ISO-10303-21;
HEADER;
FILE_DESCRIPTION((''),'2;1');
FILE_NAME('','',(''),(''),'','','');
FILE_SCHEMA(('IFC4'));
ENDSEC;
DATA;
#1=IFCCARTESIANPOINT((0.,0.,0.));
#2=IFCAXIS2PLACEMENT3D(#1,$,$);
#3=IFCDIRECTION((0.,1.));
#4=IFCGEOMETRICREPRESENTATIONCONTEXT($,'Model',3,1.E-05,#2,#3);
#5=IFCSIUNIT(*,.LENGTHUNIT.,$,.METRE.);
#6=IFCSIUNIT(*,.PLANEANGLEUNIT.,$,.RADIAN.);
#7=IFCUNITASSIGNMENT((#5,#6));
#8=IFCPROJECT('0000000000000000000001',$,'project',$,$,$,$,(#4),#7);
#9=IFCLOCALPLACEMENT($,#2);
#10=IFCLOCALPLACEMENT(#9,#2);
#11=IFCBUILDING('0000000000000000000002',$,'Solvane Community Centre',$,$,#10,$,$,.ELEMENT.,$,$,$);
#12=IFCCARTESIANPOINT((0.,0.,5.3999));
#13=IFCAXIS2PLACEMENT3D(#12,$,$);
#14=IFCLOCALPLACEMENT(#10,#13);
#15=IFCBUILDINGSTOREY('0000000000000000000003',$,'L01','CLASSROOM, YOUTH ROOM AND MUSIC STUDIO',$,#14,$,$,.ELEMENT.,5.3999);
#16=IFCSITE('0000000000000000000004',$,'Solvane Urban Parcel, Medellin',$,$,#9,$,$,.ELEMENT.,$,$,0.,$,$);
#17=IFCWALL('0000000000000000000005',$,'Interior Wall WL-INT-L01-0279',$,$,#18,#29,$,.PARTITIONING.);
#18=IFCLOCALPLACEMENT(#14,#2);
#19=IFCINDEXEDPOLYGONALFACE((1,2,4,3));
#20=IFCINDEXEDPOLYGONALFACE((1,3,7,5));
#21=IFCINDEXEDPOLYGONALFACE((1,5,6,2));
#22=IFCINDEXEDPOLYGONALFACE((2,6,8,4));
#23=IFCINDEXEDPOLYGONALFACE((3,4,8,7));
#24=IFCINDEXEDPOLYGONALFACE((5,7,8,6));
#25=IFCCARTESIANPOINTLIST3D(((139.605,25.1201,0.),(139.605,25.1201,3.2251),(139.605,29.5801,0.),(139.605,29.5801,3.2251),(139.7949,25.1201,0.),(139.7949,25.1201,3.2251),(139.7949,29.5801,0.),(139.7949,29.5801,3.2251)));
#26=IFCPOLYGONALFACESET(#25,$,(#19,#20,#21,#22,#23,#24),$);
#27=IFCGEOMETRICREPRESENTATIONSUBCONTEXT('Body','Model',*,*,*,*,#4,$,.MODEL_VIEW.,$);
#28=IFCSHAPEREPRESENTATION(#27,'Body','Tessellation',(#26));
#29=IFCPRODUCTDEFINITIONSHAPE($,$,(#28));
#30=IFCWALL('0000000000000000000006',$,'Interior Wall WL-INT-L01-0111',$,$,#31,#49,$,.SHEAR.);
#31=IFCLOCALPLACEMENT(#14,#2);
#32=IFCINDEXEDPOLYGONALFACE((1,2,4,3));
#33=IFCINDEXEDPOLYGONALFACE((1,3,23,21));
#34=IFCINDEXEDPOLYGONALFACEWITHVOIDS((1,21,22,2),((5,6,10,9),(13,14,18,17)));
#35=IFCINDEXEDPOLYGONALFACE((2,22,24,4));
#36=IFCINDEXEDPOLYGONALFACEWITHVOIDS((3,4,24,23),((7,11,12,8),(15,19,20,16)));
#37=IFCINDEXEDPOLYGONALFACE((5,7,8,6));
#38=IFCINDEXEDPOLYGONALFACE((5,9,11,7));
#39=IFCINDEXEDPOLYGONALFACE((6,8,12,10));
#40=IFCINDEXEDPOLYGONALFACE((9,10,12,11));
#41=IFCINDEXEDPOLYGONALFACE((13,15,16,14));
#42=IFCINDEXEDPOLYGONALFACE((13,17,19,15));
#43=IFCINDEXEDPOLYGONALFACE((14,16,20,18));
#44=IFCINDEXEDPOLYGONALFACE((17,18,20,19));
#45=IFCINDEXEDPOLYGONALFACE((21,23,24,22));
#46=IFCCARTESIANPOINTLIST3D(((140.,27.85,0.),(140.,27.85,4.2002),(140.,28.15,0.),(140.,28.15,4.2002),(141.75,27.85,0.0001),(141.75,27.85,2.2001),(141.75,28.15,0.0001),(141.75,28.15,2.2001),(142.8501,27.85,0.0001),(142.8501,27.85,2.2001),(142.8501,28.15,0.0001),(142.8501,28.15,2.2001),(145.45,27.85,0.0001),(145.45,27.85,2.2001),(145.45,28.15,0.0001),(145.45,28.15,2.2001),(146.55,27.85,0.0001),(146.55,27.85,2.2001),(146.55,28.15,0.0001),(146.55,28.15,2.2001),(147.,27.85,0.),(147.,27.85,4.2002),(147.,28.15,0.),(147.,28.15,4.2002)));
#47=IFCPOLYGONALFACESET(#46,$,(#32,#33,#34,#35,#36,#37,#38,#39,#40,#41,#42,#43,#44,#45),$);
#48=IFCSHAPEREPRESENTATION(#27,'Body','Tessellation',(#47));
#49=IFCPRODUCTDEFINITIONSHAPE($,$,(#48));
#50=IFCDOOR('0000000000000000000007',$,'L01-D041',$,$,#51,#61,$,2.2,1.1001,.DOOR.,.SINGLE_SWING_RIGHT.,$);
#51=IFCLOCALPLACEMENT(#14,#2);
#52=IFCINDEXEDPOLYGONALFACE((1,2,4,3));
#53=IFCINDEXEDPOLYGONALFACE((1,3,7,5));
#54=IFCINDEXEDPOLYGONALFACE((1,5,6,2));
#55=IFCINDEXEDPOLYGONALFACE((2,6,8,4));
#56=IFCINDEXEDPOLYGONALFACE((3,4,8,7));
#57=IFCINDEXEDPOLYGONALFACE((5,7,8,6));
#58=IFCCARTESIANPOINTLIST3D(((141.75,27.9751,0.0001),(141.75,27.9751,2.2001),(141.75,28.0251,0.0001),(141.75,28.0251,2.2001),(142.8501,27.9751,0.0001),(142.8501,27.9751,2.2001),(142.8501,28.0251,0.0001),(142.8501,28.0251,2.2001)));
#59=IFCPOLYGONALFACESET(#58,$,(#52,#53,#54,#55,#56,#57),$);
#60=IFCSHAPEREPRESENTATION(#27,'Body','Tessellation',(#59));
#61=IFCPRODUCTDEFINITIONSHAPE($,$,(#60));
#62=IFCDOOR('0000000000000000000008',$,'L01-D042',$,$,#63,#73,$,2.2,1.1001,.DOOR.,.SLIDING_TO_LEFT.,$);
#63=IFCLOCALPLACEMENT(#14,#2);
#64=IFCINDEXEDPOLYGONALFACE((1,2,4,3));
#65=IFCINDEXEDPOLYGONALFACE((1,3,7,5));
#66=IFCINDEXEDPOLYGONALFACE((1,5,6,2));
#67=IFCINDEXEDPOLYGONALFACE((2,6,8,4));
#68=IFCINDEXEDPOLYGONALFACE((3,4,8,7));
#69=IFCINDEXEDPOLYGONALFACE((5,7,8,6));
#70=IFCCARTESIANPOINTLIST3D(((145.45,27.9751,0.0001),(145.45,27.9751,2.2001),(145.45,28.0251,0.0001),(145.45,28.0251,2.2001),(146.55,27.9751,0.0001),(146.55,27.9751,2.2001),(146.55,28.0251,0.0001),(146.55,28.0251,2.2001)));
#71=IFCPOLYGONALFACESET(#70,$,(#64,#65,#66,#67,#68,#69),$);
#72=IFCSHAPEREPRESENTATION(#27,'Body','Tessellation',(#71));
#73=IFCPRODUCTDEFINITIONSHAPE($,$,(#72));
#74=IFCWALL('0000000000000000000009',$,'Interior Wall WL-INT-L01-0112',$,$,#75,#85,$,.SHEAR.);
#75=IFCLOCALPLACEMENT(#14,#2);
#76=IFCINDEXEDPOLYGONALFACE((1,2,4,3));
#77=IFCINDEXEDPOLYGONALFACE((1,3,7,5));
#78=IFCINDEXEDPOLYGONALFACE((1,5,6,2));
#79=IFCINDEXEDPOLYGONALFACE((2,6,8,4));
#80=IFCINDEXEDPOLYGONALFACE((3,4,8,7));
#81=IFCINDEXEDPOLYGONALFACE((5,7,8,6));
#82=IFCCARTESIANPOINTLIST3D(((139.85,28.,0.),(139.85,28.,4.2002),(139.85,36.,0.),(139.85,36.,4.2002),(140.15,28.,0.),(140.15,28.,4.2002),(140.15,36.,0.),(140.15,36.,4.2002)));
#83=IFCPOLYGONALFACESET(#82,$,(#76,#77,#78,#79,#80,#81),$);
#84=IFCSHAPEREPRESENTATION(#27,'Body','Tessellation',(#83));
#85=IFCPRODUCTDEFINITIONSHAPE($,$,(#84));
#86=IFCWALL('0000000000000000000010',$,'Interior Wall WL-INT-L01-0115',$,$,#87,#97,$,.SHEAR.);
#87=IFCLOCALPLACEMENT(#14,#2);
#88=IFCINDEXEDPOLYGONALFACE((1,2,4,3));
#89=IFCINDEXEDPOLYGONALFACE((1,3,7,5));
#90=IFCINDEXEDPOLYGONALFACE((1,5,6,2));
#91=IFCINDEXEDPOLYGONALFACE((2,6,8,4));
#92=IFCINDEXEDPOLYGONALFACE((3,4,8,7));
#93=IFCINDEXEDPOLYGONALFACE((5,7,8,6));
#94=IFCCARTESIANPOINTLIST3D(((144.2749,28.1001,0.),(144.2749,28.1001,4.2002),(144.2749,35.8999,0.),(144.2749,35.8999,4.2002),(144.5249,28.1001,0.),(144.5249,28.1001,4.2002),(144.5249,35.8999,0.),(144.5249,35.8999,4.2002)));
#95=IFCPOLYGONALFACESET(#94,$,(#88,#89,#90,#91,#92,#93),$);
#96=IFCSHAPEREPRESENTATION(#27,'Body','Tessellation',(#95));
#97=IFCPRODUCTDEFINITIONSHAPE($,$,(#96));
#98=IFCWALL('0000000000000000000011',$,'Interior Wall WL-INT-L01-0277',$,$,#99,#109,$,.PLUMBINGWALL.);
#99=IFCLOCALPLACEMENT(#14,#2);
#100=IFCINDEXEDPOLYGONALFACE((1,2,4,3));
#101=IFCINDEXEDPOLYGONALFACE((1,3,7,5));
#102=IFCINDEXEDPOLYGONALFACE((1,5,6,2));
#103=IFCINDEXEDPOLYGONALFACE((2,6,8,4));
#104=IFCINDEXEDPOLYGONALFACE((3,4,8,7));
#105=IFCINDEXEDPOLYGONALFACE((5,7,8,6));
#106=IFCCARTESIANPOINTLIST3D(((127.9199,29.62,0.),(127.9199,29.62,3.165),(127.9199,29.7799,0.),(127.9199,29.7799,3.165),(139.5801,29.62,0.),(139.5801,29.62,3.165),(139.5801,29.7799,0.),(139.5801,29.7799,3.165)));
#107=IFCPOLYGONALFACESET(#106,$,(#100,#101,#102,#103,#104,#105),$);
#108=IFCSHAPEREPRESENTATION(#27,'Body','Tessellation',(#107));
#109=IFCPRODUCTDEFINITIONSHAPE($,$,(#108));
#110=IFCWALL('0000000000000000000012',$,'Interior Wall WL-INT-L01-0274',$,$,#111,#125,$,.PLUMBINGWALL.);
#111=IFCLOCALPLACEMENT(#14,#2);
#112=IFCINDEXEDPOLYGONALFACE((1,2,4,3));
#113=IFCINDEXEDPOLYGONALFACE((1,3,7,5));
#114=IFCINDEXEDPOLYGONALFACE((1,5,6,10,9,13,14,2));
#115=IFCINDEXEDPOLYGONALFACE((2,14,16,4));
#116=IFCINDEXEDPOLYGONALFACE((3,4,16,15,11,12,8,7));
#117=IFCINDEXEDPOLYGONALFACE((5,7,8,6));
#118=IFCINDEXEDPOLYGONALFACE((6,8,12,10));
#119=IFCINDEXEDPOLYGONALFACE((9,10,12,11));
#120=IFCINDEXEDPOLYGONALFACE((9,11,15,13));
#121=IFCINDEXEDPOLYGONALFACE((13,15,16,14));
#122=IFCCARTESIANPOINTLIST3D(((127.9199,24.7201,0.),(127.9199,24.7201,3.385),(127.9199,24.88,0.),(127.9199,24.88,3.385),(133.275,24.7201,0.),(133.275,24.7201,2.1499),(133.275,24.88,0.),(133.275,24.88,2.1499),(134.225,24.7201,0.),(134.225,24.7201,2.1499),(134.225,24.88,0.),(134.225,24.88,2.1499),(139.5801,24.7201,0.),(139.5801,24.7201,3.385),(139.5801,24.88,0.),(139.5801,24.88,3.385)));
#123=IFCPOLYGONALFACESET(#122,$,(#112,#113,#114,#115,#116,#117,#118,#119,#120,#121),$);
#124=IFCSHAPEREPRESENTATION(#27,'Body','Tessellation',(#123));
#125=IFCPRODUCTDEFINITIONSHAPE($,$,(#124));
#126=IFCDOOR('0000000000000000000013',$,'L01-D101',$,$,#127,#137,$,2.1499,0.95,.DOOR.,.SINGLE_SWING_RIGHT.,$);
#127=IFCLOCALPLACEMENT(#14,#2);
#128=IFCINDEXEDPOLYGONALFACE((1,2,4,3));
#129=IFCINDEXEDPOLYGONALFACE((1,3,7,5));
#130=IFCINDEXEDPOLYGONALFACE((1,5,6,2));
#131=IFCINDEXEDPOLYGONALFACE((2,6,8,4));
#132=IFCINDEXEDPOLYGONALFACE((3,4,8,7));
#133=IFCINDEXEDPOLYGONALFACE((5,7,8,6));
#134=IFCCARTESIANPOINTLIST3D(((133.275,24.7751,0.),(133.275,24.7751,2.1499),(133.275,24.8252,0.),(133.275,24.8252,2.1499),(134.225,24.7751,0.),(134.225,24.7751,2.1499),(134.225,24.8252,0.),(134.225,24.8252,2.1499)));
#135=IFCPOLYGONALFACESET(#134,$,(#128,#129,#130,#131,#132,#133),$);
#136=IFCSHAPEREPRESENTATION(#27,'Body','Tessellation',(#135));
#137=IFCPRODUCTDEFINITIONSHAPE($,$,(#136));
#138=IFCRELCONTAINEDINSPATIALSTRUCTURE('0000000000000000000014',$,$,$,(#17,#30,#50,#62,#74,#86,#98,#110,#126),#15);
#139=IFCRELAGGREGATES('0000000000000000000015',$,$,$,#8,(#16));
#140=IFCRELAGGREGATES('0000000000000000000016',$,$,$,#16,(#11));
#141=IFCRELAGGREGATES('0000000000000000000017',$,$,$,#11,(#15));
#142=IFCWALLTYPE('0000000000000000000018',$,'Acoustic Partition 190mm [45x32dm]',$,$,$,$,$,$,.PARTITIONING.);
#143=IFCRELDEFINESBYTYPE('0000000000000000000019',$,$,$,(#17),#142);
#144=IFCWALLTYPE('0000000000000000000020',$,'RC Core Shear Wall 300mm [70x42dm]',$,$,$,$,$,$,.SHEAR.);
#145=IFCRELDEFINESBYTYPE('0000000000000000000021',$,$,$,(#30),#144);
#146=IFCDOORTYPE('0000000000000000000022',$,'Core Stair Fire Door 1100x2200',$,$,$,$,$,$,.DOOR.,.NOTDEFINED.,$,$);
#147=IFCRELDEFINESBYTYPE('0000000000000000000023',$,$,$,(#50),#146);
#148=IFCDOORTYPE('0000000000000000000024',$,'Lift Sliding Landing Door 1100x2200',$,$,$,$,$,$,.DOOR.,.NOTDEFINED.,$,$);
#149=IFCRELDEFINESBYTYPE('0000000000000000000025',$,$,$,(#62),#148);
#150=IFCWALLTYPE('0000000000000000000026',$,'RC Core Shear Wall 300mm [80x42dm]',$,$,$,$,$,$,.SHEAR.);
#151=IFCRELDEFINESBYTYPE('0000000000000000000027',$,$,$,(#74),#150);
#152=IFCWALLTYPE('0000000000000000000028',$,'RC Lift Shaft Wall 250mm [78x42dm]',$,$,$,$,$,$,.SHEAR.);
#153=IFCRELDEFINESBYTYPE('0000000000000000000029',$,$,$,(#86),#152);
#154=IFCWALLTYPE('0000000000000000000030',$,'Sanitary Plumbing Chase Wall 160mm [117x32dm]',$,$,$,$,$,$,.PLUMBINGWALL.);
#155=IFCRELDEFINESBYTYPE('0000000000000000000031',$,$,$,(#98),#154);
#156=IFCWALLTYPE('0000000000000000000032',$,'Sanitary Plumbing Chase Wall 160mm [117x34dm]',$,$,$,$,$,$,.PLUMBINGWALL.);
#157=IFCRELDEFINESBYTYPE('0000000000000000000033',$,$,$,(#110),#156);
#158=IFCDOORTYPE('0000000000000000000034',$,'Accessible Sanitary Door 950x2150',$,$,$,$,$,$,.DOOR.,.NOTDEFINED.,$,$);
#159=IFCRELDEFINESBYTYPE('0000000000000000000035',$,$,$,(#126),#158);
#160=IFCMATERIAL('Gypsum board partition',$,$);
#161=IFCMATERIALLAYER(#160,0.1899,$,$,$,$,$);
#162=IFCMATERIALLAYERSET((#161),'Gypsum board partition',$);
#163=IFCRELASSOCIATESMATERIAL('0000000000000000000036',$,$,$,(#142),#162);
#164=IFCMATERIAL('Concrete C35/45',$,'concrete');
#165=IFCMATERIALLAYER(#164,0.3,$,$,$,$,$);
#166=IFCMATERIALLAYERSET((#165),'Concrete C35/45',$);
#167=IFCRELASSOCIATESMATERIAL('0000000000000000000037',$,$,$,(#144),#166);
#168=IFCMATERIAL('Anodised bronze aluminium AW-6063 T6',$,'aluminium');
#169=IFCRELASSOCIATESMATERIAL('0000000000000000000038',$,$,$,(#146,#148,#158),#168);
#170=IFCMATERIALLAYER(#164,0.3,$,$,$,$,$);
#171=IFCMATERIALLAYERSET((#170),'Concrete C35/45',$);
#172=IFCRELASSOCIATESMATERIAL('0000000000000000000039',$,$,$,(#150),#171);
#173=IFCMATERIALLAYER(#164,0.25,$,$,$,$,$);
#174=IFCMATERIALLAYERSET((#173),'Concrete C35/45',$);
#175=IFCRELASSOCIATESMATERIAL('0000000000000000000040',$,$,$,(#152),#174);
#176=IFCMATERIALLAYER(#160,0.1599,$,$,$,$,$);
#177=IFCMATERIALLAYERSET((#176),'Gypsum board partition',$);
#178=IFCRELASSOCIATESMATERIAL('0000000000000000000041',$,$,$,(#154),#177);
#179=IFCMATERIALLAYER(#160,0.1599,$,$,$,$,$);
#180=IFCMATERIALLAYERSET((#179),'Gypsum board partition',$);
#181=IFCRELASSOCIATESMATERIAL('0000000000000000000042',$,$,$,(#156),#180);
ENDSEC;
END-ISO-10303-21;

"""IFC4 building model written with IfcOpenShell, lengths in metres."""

from ifc_helpers import new_model, si_unit, direction, frame, frame_2d, origin, place, context, subcontext, project, spatial, rectangle, extrude, material, layer, layer_set, type_object, element, fill, save


model = new_model("IFC4")

# Units and contexts
model_context = context("Model", 3, precision=1e-05, world=origin(), true_north=direction((0.0, 1.0)))
body_context = subcontext(model_context, "Body", "Model", "MODEL_VIEW")
ifc_project = project(units=[si_unit("LENGTHUNIT", "METRE"), si_unit("PLANEANGLEUNIT", "RADIAN")], contexts=[model_context])

# Site, building, storey
site_placement = place(None, origin())
site = spatial("IfcSite", under=ifc_project, at=site_placement, Name="Solvane Urban Parcel, Medellin", CompositionType="ELEMENT", RefElevation=0.0)
building_placement = place(site_placement, origin())
building = spatial("IfcBuilding", under=site, at=building_placement, Name="Solvane Community Centre", CompositionType="ELEMENT")
storey_placement = place(building_placement, frame((0.0, 0.0, 5.3999)))
storey = spatial("IfcBuildingStorey", under=building, at=storey_placement, Name="L01", Description="CLASSROOM, YOUTH ROOM AND MUSIC STUDIO", CompositionType="ELEMENT", Elevation=5.3999)

# Shared definitions
ifc_material_1 = material(Name="Concrete C35/45", Category="concrete")

# Wall
ifc_material_2 = material(Name="Gypsum board partition")
ifc_layer_1 = layer(ifc_material_2, 0.1899)
ifc_layer_set_1 = layer_set([ifc_layer_1], Name="Gypsum board partition")
wall_type_1 = type_object("IfcWallType", Name="Acoustic Partition 190mm [45x32dm]", PredefinedType="PARTITIONING", material=ifc_layer_set_1)
wall_1_placement = place(storey_placement, frame((139.7, 25.1201, 0.0), z_axis=(0.0, 0.0, 1.0), x_axis=(0.0, 1.0, 0.0)))
element("IfcWall", 1, at=wall_1_placement, inside=storey, type_object=wall_type_1, Name="Interior Wall WL-INT-L01-0279", PredefinedType="PARTITIONING", context=body_context, shape_type="SweptSolid", body=[
    extrude(rectangle(XDim=4.46, YDim=0.1899, at=frame_2d((2.23, 0.0))), origin(), (0.0, 0.0, 1.0), 3.2251),
])

# Wall, openings, doors
ifc_layer_2 = layer(ifc_material_1, 0.3)
ifc_layer_set_2 = layer_set([ifc_layer_2], Name="Concrete C35/45")
wall_type_2 = type_object("IfcWallType", Name="RC Core Shear Wall 300mm [70x42dm]", PredefinedType="SHEAR", material=ifc_layer_set_2)
wall_2_placement = place(storey_placement, frame((147.0, 28.0, 0.0), z_axis=(0.0, 0.0, 1.0), x_axis=(-1.0, 0.0, 0.0)))
wall_2 = element("IfcWall", 2, at=wall_2_placement, inside=storey, type_object=wall_type_2, Name="Interior Wall WL-INT-L01-0111", PredefinedType="SHEAR", context=body_context, shape_type="SweptSolid", body=[
    extrude(rectangle(XDim=7.0, YDim=0.3, at=frame_2d((3.5, 0.0))), origin(), (0.0, 0.0, 1.0), 4.2002),
])
opening_1_placement = place(wall_2_placement, frame((4.1499, 0.0, 0.0)))
opening_1 = element("IfcOpeningElement", 3, at=opening_1_placement, cuts=wall_2, PredefinedType="OPENING", context=body_context, shape_type="SweptSolid", body=[
    extrude(rectangle(XDim=1.1001, YDim=2.2, at=frame_2d((0.55, 1.1001))), frame((0.0, 0.1599, 0.0), z_axis=(0.0, -1.0, 0.0), x_axis=(1.0, 0.0, 0.0)), (0.0, 0.0, 1.0), 0.3201),
])
opening_2_placement = place(wall_2_placement, frame((0.45, 0.0, 0.0)))
opening_2 = element("IfcOpeningElement", 4, at=opening_2_placement, cuts=wall_2, PredefinedType="OPENING", context=body_context, shape_type="SweptSolid", body=[
    extrude(rectangle(XDim=1.1001, YDim=2.2, at=frame_2d((0.55, 1.1001))), frame((0.0, 0.1599, 0.0), z_axis=(0.0, -1.0, 0.0), x_axis=(1.0, 0.0, 0.0)), (0.0, 0.0, 1.0), 0.3201),
])
ifc_material_3 = material(Name="Anodised bronze aluminium AW-6063 T6", Category="aluminium")
door_type_1 = type_object("IfcDoorType", Name="Core Stair Fire Door 1100x2200", OperationType="NOTDEFINED", PredefinedType="DOOR", material=ifc_material_3)
door_1_placement = place(opening_1_placement, origin())
door_1 = element("IfcDoor", 5, at=door_1_placement, inside=storey, type_object=door_type_1, Name="L01-D041", OperationType="SINGLE_SWING_RIGHT", OverallHeight=2.2, OverallWidth=1.1001, PredefinedType="DOOR", context=body_context, shape_type="SweptSolid", body=[
    extrude(rectangle(XDim=1.1001, YDim=2.2, at=frame_2d((0.55, 1.1001))), frame((0.0, 0.0249, 0.0), z_axis=(0.0, -1.0, 0.0), x_axis=(1.0, 0.0, 0.0)), (0.0, 0.0, 1.0), 0.05),
])
fill(opening_1, door_1)
door_type_2 = type_object("IfcDoorType", Name="Lift Sliding Landing Door 1100x2200", OperationType="NOTDEFINED", PredefinedType="DOOR", material=ifc_material_3)
door_2_placement = place(opening_2_placement, origin())
door_2 = element("IfcDoor", 6, at=door_2_placement, inside=storey, type_object=door_type_2, Name="L01-D042", OperationType="SLIDING_TO_LEFT", OverallHeight=2.2, OverallWidth=1.1001, PredefinedType="DOOR", context=body_context, shape_type="SweptSolid", body=[
    extrude(rectangle(XDim=1.1001, YDim=2.2, at=frame_2d((0.55, 1.1001))), frame((0.0, 0.0249, 0.0), z_axis=(0.0, -1.0, 0.0), x_axis=(1.0, 0.0, 0.0)), (0.0, 0.0, 1.0), 0.05),
])
fill(opening_2, door_2)

# Walls
ifc_layer_3 = layer(ifc_material_1, 0.3)
ifc_layer_set_3 = layer_set([ifc_layer_3], Name="Concrete C35/45")
wall_type_3 = type_object("IfcWallType", Name="RC Core Shear Wall 300mm [80x42dm]", PredefinedType="SHEAR", material=ifc_layer_set_3)
wall_3_placement = place(storey_placement, frame((140.0, 28.0, 0.0), z_axis=(0.0, 0.0, 1.0), x_axis=(0.0, 1.0, 0.0)))
element("IfcWall", 7, at=wall_3_placement, inside=storey, type_object=wall_type_3, Name="Interior Wall WL-INT-L01-0112", PredefinedType="SHEAR", context=body_context, shape_type="SweptSolid", body=[
    extrude(rectangle(XDim=8.0, YDim=0.3, at=frame_2d((4.0, 0.0))), origin(), (0.0, 0.0, 1.0), 4.2002),
])
ifc_layer_4 = layer(ifc_material_1, 0.25)
ifc_layer_set_4 = layer_set([ifc_layer_4], Name="Concrete C35/45")
wall_type_4 = type_object("IfcWallType", Name="RC Lift Shaft Wall 250mm [78x42dm]", PredefinedType="SHEAR", material=ifc_layer_set_4)
wall_4_placement = place(storey_placement, frame((144.3999, 28.1001, 0.0), z_axis=(0.0, 0.0, 1.0), x_axis=(0.0, 1.0, 0.0)))
element("IfcWall", 8, at=wall_4_placement, inside=storey, type_object=wall_type_4, Name="Interior Wall WL-INT-L01-0115", PredefinedType="SHEAR", context=body_context, shape_type="SweptSolid", body=[
    extrude(rectangle(XDim=7.7998, YDim=0.25, at=frame_2d((3.8999, 0.0))), origin(), (0.0, 0.0, 1.0), 4.2002),
])
ifc_layer_5 = layer(ifc_material_2, 0.1599)
ifc_layer_set_5 = layer_set([ifc_layer_5], Name="Gypsum board partition")
wall_type_5 = type_object("IfcWallType", Name="Sanitary Plumbing Chase Wall 160mm [117x32dm]", PredefinedType="PLUMBINGWALL", material=ifc_layer_set_5)
wall_5_placement = place(storey_placement, frame((139.5801, 29.7, 0.0), z_axis=(0.0, 0.0, 1.0), x_axis=(-1.0, 0.0, 0.0)))
element("IfcWall", 9, at=wall_5_placement, inside=storey, type_object=wall_type_5, Name="Interior Wall WL-INT-L01-0277", PredefinedType="PLUMBINGWALL", context=body_context, shape_type="SweptSolid", body=[
    extrude(rectangle(XDim=11.6602, YDim=0.1599, at=frame_2d((5.8301, 0.0))), origin(), (0.0, 0.0, 1.0), 3.165),
])

# Wall, opening, door
ifc_layer_6 = layer(ifc_material_2, 0.1599)
ifc_layer_set_6 = layer_set([ifc_layer_6], Name="Gypsum board partition")
wall_type_6 = type_object("IfcWallType", Name="Sanitary Plumbing Chase Wall 160mm [117x34dm]", PredefinedType="PLUMBINGWALL", material=ifc_layer_set_6)
wall_6_placement = place(storey_placement, frame((139.5801, 24.8, 0.0), z_axis=(0.0, 0.0, 1.0), x_axis=(-1.0, 0.0, 0.0)))
wall_6 = element("IfcWall", 10, at=wall_6_placement, inside=storey, type_object=wall_type_6, Name="Interior Wall WL-INT-L01-0274", PredefinedType="PLUMBINGWALL", context=body_context, shape_type="SweptSolid", body=[
    extrude(rectangle(XDim=11.6602, YDim=0.1599, at=frame_2d((5.8301, 0.0))), origin(), (0.0, 0.0, 1.0), 3.385),
])
opening_3_placement = place(wall_6_placement, frame((5.355, 0.0, 0.0)))
opening_3 = element("IfcOpeningElement", 11, at=opening_3_placement, cuts=wall_6, PredefinedType="OPENING", context=body_context, shape_type="SweptSolid", body=[
    extrude(rectangle(XDim=0.95, YDim=2.1499, at=frame_2d((0.4751, 1.075))), frame((0.0, 0.0898, 0.0), z_axis=(0.0, -1.0, 0.0), x_axis=(1.0, 0.0, 0.0)), (0.0, 0.0, 1.0), 0.1799),
])
door_type_3 = type_object("IfcDoorType", Name="Accessible Sanitary Door 950x2150", OperationType="NOTDEFINED", PredefinedType="DOOR", material=ifc_material_3)
door_3_placement = place(opening_3_placement, origin())
door_3 = element("IfcDoor", 12, at=door_3_placement, inside=storey, type_object=door_type_3, Name="L01-D101", OperationType="SINGLE_SWING_RIGHT", OverallHeight=2.1499, OverallWidth=0.95, PredefinedType="DOOR", context=body_context, shape_type="SweptSolid", body=[
    extrude(rectangle(XDim=0.95, YDim=2.1499, at=frame_2d((0.4751, 1.075))), frame((0.0, 0.0249, 0.0), z_axis=(0.0, -1.0, 0.0), x_axis=(1.0, 0.0, 0.0)), (0.0, 0.0, 1.0), 0.05),
])
fill(opening_3, door_3)

save(model, "model.ifc")
